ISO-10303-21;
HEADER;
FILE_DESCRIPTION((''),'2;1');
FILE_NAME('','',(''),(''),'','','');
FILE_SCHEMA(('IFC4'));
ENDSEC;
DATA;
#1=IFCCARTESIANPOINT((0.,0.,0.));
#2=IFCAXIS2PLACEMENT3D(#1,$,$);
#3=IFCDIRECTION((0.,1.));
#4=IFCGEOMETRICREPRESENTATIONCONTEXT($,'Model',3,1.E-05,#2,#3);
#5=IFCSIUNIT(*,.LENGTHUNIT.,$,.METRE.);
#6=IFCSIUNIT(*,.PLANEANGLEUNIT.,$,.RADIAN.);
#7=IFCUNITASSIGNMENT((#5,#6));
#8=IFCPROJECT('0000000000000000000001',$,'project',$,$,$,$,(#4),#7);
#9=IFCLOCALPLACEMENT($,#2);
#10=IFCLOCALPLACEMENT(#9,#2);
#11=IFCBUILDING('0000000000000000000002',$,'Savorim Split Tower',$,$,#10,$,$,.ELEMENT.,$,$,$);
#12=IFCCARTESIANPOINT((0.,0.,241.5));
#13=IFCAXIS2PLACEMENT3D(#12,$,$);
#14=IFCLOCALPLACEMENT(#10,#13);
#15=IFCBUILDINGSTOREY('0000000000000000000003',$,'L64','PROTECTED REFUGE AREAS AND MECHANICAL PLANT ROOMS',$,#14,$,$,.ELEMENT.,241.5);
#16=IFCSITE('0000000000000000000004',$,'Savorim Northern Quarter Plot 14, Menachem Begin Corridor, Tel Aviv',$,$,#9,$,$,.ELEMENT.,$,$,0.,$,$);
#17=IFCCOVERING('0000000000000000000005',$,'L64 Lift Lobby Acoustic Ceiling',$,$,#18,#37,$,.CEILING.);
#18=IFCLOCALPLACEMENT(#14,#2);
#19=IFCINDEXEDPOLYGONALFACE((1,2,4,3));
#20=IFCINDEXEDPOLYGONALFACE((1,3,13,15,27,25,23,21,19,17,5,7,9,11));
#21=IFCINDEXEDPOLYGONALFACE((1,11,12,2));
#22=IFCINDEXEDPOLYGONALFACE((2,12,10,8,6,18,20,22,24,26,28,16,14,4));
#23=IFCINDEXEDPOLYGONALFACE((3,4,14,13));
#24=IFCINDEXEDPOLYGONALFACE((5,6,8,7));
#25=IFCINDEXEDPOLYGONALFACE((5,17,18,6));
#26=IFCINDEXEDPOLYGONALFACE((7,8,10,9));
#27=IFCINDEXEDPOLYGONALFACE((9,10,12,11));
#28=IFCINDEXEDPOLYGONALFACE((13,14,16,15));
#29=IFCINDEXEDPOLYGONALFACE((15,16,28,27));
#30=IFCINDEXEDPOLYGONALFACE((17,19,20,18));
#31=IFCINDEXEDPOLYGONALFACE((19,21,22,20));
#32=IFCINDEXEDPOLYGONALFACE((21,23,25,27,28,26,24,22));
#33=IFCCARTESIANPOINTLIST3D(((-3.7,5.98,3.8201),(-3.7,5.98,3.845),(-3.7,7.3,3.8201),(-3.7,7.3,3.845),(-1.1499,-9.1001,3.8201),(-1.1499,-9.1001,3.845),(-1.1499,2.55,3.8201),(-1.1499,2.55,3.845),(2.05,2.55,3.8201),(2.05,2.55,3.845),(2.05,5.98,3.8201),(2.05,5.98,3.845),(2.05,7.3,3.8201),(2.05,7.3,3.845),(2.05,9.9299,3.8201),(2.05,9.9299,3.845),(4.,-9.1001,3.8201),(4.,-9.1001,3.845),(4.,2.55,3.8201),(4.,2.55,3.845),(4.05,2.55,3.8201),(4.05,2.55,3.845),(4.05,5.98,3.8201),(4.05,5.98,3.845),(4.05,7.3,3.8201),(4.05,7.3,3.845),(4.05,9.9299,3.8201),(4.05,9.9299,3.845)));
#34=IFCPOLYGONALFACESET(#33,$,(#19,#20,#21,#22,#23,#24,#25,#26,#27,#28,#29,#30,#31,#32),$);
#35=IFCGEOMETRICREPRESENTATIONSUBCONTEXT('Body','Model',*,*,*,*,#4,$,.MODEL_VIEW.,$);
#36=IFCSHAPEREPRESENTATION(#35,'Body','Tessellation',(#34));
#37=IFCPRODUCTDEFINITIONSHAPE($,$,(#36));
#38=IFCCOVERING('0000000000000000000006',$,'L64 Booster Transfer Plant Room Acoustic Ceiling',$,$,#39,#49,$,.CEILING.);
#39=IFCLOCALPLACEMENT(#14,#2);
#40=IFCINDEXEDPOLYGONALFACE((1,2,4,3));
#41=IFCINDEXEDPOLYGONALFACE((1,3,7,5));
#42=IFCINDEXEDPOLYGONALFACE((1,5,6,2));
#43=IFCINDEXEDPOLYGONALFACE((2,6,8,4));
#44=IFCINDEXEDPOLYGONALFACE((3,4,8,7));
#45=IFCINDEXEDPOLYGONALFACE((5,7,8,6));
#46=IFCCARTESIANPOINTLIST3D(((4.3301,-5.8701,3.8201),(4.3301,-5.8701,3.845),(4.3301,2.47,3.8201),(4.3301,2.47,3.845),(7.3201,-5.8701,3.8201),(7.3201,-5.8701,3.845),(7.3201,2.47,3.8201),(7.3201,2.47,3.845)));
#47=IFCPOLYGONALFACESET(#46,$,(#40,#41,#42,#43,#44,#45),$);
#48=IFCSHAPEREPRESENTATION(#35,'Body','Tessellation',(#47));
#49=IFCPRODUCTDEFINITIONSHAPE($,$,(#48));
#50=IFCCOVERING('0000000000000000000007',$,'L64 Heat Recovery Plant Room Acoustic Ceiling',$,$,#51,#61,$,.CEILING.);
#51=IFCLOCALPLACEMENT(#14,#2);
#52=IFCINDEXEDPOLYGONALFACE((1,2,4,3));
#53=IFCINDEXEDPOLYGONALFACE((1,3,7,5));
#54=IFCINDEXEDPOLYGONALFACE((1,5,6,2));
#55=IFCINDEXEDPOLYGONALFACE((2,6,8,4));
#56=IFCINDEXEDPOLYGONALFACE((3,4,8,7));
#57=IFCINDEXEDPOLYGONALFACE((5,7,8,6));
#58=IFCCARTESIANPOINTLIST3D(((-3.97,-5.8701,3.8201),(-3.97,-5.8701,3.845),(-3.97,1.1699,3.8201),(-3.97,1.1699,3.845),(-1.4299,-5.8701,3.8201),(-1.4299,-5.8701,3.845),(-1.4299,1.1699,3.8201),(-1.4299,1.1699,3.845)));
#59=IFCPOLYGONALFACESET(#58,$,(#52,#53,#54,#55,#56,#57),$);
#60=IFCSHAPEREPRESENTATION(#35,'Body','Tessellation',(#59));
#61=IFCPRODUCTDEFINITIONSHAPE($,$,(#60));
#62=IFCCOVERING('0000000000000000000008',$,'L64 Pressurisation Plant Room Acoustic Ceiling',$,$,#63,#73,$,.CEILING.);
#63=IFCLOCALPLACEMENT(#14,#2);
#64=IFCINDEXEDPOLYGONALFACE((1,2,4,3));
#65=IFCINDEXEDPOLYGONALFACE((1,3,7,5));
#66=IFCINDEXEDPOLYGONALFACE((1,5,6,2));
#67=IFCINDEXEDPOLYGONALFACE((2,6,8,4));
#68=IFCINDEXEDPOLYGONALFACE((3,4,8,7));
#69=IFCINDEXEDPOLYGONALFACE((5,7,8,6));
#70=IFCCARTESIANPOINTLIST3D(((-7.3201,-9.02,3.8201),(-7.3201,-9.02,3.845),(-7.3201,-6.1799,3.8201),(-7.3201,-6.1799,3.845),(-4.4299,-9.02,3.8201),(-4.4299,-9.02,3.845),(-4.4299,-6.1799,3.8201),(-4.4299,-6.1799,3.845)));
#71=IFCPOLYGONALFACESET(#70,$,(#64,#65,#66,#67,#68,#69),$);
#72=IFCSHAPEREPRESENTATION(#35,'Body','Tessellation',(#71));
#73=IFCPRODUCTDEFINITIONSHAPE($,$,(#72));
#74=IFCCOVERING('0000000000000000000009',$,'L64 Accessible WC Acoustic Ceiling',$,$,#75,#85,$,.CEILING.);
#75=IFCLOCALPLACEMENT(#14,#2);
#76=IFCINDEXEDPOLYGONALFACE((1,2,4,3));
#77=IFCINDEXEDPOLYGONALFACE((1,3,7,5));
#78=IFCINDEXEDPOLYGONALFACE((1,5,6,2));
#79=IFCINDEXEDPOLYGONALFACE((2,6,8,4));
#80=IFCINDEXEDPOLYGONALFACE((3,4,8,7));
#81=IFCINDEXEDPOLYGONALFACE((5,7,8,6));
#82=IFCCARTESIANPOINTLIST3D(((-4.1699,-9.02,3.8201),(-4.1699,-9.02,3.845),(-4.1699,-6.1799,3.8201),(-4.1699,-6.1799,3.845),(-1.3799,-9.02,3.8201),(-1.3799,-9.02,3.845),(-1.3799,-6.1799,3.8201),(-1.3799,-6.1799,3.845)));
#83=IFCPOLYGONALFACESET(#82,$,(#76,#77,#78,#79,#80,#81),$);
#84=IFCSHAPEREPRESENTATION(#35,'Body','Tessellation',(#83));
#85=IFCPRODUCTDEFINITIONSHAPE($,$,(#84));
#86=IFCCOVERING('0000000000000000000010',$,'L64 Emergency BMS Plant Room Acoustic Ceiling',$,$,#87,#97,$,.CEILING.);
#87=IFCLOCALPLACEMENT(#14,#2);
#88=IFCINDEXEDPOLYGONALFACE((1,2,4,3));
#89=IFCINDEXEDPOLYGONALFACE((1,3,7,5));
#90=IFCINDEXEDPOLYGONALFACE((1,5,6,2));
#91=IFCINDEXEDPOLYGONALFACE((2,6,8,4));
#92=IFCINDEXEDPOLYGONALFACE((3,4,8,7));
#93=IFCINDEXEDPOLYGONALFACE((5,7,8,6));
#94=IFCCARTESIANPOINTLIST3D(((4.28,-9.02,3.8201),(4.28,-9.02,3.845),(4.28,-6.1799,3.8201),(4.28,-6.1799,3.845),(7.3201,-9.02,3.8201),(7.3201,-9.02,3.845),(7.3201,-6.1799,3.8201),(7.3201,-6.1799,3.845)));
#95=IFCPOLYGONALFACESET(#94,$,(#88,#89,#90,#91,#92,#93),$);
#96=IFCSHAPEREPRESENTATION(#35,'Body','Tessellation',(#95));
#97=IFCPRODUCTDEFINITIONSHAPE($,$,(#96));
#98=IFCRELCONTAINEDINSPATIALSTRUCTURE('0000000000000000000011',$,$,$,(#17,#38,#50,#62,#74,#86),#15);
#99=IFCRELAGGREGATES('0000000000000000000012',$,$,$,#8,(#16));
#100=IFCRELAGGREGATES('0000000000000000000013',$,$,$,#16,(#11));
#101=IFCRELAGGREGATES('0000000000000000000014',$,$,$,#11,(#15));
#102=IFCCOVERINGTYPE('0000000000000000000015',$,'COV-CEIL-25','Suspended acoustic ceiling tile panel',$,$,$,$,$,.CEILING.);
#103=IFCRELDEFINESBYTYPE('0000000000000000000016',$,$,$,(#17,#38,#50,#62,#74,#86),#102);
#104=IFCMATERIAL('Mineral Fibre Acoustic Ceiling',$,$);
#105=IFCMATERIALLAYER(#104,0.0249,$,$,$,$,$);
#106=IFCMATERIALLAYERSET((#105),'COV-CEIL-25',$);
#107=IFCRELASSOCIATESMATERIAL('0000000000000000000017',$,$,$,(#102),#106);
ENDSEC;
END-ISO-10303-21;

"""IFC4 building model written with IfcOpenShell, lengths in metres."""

from ifc_helpers import new_model, si_unit, direction, frame, origin, place, context, subcontext, project, spatial, polyline, outline, extrude, material, layer, layer_set, type_object, element, save


model = new_model("IFC4")

# Units and contexts
model_context = context("Model", 3, precision=1e-05, world=origin(), true_north=direction((0.0, 1.0)))
body_context = subcontext(model_context, "Body", "Model", "MODEL_VIEW")
ifc_project = project(units=[si_unit("LENGTHUNIT", "METRE"), si_unit("PLANEANGLEUNIT", "RADIAN")], contexts=[model_context])

# Site, building, storey
site_placement = place(None, origin())
site = spatial("IfcSite", under=ifc_project, at=site_placement, Name="Savorim Northern Quarter Plot 14, Menachem Begin Corridor, Tel Aviv", CompositionType="ELEMENT", RefElevation=0.0)
building_placement = place(site_placement, origin())
building = spatial("IfcBuilding", under=site, at=building_placement, Name="Savorim Split Tower", CompositionType="ELEMENT")
storey_placement = place(building_placement, frame((0.0, 0.0, 241.5)))
storey = spatial("IfcBuildingStorey", under=building, at=storey_placement, Name="L64", Description="PROTECTED REFUGE AREAS AND MECHANICAL PLANT ROOMS", CompositionType="ELEMENT", Elevation=241.5)

# Coverings
ifc_material_1 = material(Name="Mineral Fibre Acoustic Ceiling")
ifc_layer_1 = layer(ifc_material_1, 0.0249)
ifc_layer_set_1 = layer_set([ifc_layer_1], Name="COV-CEIL-25")
covering_type_1 = type_object("IfcCoveringType", Name="COV-CEIL-25", Description="Suspended acoustic ceiling tile panel", PredefinedType="CEILING", material=ifc_layer_set_1)
covering_1_placement = place(storey_placement, frame((0.0, 0.0, 3.8201)))
element("IfcCovering", 1, at=covering_1_placement, inside=storey, type_object=covering_type_1, Name="L64 Lift Lobby Acoustic Ceiling", PredefinedType="CEILING", context=body_context, shape_type="SweptSolid", body=[
    extrude(outline(polyline([(2.05, 2.55), (-1.1499, 2.55), (-1.1499, -9.1001), (4.0, -9.1001), (4.0, 2.55), (4.05, 2.55), (4.05, 5.98), (4.05, 7.3), (4.05, 9.9299), (2.05, 9.9299), (2.05, 7.3), (-3.7, 7.3), (-3.7, 5.98), (2.05, 5.98), (2.05, 2.55)])), origin(), (0.0, 0.0, 1.0), 0.0249),
])
covering_2_placement = place(storey_placement, frame((0.0, 0.0, 3.8201)))
element("IfcCovering", 2, at=covering_2_placement, inside=storey, type_object=covering_type_1, Name="L64 Booster Transfer Plant Room Acoustic Ceiling", PredefinedType="CEILING", context=body_context, shape_type="SweptSolid", body=[
    extrude(outline(polyline([(4.3301, 2.47), (4.3301, -5.8701), (7.3201, -5.8701), (7.3201, 2.47), (4.3301, 2.47)])), origin(), (0.0, 0.0, 1.0), 0.0249),
])
covering_3_placement = place(storey_placement, frame((0.0, 0.0, 3.8201)))
element("IfcCovering", 3, at=covering_3_placement, inside=storey, type_object=covering_type_1, Name="L64 Heat Recovery Plant Room Acoustic Ceiling", PredefinedType="CEILING", context=body_context, shape_type="SweptSolid", body=[
    extrude(outline(polyline([(-3.97, 1.1699), (-3.97, -5.8701), (-1.4299, -5.8701), (-1.4299, 1.1699), (-3.97, 1.1699)])), origin(), (0.0, 0.0, 1.0), 0.0249),
])
covering_4_placement = place(storey_placement, frame((0.0, 0.0, 3.8201)))
element("IfcCovering", 4, at=covering_4_placement, inside=storey, type_object=covering_type_1, Name="L64 Pressurisation Plant Room Acoustic Ceiling", PredefinedType="CEILING", context=body_context, shape_type="SweptSolid", body=[
    extrude(outline(polyline([(-7.3201, -6.1799), (-7.3201, -9.02), (-4.4299, -9.02), (-4.4299, -6.1799), (-7.3201, -6.1799)])), origin(), (0.0, 0.0, 1.0), 0.0249),
])
covering_5_placement = place(storey_placement, frame((0.0, 0.0, 3.8201)))
element("IfcCovering", 5, at=covering_5_placement, inside=storey, type_object=covering_type_1, Name="L64 Accessible WC Acoustic Ceiling", PredefinedType="CEILING", context=body_context, shape_type="SweptSolid", body=[
    extrude(outline(polyline([(-4.1699, -6.1799), (-4.1699, -9.02), (-1.3799, -9.02), (-1.3799, -6.1799), (-4.1699, -6.1799)])), origin(), (0.0, 0.0, 1.0), 0.0249),
])
covering_6_placement = place(storey_placement, frame((0.0, 0.0, 3.8201)))
element("IfcCovering", 6, at=covering_6_placement, inside=storey, type_object=covering_type_1, Name="L64 Emergency BMS Plant Room Acoustic Ceiling", PredefinedType="CEILING", context=body_context, shape_type="SweptSolid", body=[
    extrude(outline(polyline([(4.28, -6.1799), (4.28, -9.02), (7.3201, -9.02), (7.3201, -6.1799), (4.28, -6.1799)])), origin(), (0.0, 0.0, 1.0), 0.0249),
])

save(model, "model.ifc")
